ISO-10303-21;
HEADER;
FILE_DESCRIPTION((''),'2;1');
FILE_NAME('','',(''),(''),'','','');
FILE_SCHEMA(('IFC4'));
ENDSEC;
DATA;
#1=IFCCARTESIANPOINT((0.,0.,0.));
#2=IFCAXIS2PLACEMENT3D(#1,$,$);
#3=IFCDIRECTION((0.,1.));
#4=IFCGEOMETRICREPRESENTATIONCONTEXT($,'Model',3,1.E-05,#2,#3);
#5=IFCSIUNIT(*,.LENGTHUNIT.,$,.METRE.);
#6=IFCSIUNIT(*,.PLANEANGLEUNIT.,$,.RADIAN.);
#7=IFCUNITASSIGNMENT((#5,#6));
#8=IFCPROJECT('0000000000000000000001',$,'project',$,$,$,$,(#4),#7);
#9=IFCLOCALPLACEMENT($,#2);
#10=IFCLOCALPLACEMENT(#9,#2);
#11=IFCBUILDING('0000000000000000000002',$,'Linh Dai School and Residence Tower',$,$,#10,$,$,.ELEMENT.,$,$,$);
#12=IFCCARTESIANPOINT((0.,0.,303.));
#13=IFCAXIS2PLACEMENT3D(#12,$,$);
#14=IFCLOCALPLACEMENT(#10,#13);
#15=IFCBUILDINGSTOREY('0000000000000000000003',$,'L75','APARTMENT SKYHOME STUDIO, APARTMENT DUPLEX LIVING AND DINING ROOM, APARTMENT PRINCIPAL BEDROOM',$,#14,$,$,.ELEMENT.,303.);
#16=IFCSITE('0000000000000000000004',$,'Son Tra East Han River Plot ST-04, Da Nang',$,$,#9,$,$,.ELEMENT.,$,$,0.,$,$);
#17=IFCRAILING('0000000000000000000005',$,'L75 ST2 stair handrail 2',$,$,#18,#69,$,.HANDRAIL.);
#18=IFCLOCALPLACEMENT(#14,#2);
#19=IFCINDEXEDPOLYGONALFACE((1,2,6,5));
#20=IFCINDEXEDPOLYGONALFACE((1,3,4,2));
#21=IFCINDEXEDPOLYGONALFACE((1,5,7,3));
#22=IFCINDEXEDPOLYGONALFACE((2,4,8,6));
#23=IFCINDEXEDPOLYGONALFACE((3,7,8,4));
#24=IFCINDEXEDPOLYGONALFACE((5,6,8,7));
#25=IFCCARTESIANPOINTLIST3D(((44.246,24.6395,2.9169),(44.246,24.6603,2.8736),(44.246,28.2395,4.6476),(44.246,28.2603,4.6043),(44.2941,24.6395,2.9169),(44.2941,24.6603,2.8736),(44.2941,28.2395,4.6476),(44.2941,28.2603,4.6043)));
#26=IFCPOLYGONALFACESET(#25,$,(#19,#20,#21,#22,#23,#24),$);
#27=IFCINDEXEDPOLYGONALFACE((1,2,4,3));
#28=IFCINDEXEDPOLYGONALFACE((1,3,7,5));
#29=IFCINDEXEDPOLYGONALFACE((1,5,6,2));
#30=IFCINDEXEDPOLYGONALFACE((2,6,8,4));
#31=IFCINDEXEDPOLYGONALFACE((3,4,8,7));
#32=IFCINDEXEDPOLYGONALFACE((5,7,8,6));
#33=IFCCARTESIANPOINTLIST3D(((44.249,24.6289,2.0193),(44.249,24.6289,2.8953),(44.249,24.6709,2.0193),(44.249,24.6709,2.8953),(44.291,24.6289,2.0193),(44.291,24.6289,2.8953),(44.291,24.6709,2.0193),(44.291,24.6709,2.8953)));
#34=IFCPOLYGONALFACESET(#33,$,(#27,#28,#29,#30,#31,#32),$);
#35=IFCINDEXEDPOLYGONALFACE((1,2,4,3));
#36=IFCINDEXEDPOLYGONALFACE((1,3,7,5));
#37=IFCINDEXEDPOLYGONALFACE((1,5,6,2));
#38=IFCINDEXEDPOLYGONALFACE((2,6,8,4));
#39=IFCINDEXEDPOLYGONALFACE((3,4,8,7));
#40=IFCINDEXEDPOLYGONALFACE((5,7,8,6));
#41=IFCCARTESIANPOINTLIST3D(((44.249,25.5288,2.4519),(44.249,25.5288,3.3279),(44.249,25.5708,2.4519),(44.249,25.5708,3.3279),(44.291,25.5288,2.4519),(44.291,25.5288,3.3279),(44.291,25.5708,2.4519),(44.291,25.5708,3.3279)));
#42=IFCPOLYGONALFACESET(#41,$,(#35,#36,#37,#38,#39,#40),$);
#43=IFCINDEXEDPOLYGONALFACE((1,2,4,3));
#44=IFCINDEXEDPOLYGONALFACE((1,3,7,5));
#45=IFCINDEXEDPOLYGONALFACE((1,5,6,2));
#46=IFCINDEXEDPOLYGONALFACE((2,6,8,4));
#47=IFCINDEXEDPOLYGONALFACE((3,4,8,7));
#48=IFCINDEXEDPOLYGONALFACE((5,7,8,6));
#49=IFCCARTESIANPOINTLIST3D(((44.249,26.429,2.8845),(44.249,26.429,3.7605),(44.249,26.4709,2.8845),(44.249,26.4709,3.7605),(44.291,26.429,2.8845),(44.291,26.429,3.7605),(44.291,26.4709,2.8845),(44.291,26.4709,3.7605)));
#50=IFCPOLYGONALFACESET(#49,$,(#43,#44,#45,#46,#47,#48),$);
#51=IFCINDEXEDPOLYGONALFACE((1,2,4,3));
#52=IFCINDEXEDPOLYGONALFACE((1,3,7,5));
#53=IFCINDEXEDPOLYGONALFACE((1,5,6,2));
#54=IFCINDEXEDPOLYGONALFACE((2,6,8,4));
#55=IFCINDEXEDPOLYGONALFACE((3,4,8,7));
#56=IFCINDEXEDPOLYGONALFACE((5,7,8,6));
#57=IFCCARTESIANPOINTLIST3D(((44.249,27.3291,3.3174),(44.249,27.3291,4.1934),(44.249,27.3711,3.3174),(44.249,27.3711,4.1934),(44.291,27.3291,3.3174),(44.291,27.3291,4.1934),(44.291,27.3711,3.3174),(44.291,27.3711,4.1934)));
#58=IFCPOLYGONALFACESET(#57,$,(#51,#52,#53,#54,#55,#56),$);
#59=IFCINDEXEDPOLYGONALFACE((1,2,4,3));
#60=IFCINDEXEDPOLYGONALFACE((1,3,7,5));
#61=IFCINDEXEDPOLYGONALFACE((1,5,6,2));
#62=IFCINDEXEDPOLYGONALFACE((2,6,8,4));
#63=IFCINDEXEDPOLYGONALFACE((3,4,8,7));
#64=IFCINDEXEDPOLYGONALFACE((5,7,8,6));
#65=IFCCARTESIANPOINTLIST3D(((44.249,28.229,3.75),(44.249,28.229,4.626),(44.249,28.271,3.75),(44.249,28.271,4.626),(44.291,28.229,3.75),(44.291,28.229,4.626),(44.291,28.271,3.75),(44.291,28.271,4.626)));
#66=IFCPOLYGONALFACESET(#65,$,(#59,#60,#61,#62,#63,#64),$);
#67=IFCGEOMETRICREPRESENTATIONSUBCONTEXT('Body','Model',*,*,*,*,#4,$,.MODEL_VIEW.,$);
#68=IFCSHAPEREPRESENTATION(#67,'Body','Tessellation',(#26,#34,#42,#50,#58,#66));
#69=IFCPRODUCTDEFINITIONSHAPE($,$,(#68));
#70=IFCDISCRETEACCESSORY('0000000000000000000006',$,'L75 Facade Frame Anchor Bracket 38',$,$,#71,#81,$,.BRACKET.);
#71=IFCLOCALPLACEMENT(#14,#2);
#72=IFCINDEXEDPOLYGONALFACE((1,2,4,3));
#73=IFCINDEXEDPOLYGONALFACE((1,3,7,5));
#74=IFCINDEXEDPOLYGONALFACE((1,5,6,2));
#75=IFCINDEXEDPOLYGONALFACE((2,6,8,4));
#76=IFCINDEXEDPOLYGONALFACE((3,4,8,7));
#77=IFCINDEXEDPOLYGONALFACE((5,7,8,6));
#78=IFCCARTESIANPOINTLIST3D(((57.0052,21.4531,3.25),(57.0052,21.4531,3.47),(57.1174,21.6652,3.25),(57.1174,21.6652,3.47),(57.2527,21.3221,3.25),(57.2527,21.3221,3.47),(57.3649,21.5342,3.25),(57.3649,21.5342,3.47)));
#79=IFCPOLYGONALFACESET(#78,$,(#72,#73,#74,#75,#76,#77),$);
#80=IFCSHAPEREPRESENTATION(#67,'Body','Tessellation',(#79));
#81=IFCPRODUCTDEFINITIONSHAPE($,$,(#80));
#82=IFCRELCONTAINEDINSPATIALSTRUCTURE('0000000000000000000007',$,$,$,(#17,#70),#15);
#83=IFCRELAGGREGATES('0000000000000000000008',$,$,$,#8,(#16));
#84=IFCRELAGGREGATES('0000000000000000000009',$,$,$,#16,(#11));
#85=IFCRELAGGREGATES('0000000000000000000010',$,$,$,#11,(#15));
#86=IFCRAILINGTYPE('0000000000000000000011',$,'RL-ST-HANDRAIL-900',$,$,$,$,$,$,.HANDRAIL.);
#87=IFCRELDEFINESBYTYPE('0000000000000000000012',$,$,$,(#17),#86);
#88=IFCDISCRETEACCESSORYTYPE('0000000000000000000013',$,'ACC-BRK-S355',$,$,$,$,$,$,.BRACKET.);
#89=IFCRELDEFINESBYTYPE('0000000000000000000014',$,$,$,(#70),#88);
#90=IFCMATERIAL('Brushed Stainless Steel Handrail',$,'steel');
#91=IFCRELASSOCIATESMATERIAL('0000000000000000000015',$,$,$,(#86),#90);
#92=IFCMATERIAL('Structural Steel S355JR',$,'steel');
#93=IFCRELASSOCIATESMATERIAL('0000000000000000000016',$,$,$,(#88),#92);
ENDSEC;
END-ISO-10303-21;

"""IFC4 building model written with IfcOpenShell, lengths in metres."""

from ifc_helpers import new_model, si_unit, direction, frame, origin, origin_2d, place, context, subcontext, project, spatial, rectangle, extrude, source, transform, mapped, material, type_object, element, save


model = new_model("IFC4")

# Units and contexts
model_context = context("Model", 3, precision=1e-05, world=origin(), true_north=direction((0.0, 1.0)))
body_context = subcontext(model_context, "Body", "Model", "MODEL_VIEW")
ifc_project = project(units=[si_unit("LENGTHUNIT", "METRE"), si_unit("PLANEANGLEUNIT", "RADIAN")], contexts=[model_context])

# Site, building, storey
site_placement = place(None, origin())
site = spatial("IfcSite", under=ifc_project, at=site_placement, Name="Son Tra East Han River Plot ST-04, Da Nang", CompositionType="ELEMENT", RefElevation=0.0)
building_placement = place(site_placement, origin())
building = spatial("IfcBuilding", under=site, at=building_placement, Name="Linh Dai School and Residence Tower", CompositionType="ELEMENT")
storey_placement = place(building_placement, frame((0.0, 0.0, 303.0)))
storey = spatial("IfcBuildingStorey", under=building, at=storey_placement, Name="L75", Description="APARTMENT SKYHOME STUDIO, APARTMENT DUPLEX LIVING AND DINING ROOM, APARTMENT PRINCIPAL BEDROOM", CompositionType="ELEMENT", Elevation=303.0)

# Shared definitions
ifc_material_1 = material(Name="Structural Steel S355JR", Category="steel")

# Railing
ifc_material_2 = material(Name="Brushed Stainless Steel Handrail", Category="steel")
railing_type_1 = type_object("IfcRailingType", Name="RL-ST-HANDRAIL-900", PredefinedType="HANDRAIL", material=ifc_material_2)
shared_shape_1 = source(origin(), body_context, "Body", "SweptSolid", [
    extrude(rectangle(XDim=0.0481, YDim=0.0481, at=origin_2d()), frame((0.0, 0.0, 0.876), z_axis=(0.0, 0.901263, 0.433273), x_axis=(-1.0, 0.0, 0.0)), (0.0, 0.0, 1.0), 3.9944),
    extrude(rectangle(XDim=0.042, YDim=0.042, at=origin_2d()), origin(), (0.0, 0.0, 1.0), 0.876),
    extrude(rectangle(XDim=0.042, YDim=0.042, at=origin_2d()), frame((0.0, 0.8999, 0.4326)), (0.0, 0.0, 1.0), 0.876),
    extrude(rectangle(XDim=0.042, YDim=0.042, at=origin_2d()), frame((0.0, 1.8, 0.8652)), (0.0, 0.0, 1.0), 0.876),
    extrude(rectangle(XDim=0.042, YDim=0.042, at=origin_2d()), frame((0.0, 2.7002, 1.2981)), (0.0, 0.0, 1.0), 0.876),
    extrude(rectangle(XDim=0.042, YDim=0.042, at=origin_2d()), frame((0.0, 3.6001, 1.7307)), (0.0, 0.0, 1.0), 0.876),
])
railing_1_placement = place(storey_placement, frame((44.27, 24.6499, 2.0193)))
element("IfcRailing", 1, at=railing_1_placement, inside=storey, type_object=railing_type_1, Name="L75 ST2 stair handrail 2", PredefinedType="HANDRAIL", context=body_context, shape_type="MappedRepresentation", body=[
    mapped(shared_shape_1, transform((0.0, 0.0, 0.0), x_axis=(1.0, 0.0, 0.0), y_axis=(0.0, 1.0, 0.0), z_axis=(0.0, 0.0, 1.0), scale=1.0)),
])

# Discrete accessory
discrete_accessory_type = type_object("IfcDiscreteAccessoryType", Name="ACC-BRK-S355", PredefinedType="BRACKET", material=ifc_material_1)
shared_shape_2 = source(origin(), body_context, "Body", "SweptSolid", [
    extrude(rectangle(XDim=0.28, YDim=0.24, at=origin_2d()), origin(), (0.0, 0.0, 1.0), 0.22),
])
discrete_accessory_placement = place(storey_placement, frame((57.1851, 21.4937, 3.25), z_axis=(0.0, 0.0, 1.0), x_axis=(0.883938, -0.467604, 0.0)))
element("IfcDiscreteAccessory", 2, at=discrete_accessory_placement, inside=storey, type_object=discrete_accessory_type, Name="L75 Facade Frame Anchor Bracket 38", PredefinedType="BRACKET", context=body_context, shape_type="MappedRepresentation", body=[
    mapped(shared_shape_2, transform((0.0, 0.0, 0.0), x_axis=(1.0, 0.0, 0.0), y_axis=(0.0, 1.0, 0.0), z_axis=(0.0, 0.0, 1.0), scale=1.0)),
])

save(model, "model.ifc")
